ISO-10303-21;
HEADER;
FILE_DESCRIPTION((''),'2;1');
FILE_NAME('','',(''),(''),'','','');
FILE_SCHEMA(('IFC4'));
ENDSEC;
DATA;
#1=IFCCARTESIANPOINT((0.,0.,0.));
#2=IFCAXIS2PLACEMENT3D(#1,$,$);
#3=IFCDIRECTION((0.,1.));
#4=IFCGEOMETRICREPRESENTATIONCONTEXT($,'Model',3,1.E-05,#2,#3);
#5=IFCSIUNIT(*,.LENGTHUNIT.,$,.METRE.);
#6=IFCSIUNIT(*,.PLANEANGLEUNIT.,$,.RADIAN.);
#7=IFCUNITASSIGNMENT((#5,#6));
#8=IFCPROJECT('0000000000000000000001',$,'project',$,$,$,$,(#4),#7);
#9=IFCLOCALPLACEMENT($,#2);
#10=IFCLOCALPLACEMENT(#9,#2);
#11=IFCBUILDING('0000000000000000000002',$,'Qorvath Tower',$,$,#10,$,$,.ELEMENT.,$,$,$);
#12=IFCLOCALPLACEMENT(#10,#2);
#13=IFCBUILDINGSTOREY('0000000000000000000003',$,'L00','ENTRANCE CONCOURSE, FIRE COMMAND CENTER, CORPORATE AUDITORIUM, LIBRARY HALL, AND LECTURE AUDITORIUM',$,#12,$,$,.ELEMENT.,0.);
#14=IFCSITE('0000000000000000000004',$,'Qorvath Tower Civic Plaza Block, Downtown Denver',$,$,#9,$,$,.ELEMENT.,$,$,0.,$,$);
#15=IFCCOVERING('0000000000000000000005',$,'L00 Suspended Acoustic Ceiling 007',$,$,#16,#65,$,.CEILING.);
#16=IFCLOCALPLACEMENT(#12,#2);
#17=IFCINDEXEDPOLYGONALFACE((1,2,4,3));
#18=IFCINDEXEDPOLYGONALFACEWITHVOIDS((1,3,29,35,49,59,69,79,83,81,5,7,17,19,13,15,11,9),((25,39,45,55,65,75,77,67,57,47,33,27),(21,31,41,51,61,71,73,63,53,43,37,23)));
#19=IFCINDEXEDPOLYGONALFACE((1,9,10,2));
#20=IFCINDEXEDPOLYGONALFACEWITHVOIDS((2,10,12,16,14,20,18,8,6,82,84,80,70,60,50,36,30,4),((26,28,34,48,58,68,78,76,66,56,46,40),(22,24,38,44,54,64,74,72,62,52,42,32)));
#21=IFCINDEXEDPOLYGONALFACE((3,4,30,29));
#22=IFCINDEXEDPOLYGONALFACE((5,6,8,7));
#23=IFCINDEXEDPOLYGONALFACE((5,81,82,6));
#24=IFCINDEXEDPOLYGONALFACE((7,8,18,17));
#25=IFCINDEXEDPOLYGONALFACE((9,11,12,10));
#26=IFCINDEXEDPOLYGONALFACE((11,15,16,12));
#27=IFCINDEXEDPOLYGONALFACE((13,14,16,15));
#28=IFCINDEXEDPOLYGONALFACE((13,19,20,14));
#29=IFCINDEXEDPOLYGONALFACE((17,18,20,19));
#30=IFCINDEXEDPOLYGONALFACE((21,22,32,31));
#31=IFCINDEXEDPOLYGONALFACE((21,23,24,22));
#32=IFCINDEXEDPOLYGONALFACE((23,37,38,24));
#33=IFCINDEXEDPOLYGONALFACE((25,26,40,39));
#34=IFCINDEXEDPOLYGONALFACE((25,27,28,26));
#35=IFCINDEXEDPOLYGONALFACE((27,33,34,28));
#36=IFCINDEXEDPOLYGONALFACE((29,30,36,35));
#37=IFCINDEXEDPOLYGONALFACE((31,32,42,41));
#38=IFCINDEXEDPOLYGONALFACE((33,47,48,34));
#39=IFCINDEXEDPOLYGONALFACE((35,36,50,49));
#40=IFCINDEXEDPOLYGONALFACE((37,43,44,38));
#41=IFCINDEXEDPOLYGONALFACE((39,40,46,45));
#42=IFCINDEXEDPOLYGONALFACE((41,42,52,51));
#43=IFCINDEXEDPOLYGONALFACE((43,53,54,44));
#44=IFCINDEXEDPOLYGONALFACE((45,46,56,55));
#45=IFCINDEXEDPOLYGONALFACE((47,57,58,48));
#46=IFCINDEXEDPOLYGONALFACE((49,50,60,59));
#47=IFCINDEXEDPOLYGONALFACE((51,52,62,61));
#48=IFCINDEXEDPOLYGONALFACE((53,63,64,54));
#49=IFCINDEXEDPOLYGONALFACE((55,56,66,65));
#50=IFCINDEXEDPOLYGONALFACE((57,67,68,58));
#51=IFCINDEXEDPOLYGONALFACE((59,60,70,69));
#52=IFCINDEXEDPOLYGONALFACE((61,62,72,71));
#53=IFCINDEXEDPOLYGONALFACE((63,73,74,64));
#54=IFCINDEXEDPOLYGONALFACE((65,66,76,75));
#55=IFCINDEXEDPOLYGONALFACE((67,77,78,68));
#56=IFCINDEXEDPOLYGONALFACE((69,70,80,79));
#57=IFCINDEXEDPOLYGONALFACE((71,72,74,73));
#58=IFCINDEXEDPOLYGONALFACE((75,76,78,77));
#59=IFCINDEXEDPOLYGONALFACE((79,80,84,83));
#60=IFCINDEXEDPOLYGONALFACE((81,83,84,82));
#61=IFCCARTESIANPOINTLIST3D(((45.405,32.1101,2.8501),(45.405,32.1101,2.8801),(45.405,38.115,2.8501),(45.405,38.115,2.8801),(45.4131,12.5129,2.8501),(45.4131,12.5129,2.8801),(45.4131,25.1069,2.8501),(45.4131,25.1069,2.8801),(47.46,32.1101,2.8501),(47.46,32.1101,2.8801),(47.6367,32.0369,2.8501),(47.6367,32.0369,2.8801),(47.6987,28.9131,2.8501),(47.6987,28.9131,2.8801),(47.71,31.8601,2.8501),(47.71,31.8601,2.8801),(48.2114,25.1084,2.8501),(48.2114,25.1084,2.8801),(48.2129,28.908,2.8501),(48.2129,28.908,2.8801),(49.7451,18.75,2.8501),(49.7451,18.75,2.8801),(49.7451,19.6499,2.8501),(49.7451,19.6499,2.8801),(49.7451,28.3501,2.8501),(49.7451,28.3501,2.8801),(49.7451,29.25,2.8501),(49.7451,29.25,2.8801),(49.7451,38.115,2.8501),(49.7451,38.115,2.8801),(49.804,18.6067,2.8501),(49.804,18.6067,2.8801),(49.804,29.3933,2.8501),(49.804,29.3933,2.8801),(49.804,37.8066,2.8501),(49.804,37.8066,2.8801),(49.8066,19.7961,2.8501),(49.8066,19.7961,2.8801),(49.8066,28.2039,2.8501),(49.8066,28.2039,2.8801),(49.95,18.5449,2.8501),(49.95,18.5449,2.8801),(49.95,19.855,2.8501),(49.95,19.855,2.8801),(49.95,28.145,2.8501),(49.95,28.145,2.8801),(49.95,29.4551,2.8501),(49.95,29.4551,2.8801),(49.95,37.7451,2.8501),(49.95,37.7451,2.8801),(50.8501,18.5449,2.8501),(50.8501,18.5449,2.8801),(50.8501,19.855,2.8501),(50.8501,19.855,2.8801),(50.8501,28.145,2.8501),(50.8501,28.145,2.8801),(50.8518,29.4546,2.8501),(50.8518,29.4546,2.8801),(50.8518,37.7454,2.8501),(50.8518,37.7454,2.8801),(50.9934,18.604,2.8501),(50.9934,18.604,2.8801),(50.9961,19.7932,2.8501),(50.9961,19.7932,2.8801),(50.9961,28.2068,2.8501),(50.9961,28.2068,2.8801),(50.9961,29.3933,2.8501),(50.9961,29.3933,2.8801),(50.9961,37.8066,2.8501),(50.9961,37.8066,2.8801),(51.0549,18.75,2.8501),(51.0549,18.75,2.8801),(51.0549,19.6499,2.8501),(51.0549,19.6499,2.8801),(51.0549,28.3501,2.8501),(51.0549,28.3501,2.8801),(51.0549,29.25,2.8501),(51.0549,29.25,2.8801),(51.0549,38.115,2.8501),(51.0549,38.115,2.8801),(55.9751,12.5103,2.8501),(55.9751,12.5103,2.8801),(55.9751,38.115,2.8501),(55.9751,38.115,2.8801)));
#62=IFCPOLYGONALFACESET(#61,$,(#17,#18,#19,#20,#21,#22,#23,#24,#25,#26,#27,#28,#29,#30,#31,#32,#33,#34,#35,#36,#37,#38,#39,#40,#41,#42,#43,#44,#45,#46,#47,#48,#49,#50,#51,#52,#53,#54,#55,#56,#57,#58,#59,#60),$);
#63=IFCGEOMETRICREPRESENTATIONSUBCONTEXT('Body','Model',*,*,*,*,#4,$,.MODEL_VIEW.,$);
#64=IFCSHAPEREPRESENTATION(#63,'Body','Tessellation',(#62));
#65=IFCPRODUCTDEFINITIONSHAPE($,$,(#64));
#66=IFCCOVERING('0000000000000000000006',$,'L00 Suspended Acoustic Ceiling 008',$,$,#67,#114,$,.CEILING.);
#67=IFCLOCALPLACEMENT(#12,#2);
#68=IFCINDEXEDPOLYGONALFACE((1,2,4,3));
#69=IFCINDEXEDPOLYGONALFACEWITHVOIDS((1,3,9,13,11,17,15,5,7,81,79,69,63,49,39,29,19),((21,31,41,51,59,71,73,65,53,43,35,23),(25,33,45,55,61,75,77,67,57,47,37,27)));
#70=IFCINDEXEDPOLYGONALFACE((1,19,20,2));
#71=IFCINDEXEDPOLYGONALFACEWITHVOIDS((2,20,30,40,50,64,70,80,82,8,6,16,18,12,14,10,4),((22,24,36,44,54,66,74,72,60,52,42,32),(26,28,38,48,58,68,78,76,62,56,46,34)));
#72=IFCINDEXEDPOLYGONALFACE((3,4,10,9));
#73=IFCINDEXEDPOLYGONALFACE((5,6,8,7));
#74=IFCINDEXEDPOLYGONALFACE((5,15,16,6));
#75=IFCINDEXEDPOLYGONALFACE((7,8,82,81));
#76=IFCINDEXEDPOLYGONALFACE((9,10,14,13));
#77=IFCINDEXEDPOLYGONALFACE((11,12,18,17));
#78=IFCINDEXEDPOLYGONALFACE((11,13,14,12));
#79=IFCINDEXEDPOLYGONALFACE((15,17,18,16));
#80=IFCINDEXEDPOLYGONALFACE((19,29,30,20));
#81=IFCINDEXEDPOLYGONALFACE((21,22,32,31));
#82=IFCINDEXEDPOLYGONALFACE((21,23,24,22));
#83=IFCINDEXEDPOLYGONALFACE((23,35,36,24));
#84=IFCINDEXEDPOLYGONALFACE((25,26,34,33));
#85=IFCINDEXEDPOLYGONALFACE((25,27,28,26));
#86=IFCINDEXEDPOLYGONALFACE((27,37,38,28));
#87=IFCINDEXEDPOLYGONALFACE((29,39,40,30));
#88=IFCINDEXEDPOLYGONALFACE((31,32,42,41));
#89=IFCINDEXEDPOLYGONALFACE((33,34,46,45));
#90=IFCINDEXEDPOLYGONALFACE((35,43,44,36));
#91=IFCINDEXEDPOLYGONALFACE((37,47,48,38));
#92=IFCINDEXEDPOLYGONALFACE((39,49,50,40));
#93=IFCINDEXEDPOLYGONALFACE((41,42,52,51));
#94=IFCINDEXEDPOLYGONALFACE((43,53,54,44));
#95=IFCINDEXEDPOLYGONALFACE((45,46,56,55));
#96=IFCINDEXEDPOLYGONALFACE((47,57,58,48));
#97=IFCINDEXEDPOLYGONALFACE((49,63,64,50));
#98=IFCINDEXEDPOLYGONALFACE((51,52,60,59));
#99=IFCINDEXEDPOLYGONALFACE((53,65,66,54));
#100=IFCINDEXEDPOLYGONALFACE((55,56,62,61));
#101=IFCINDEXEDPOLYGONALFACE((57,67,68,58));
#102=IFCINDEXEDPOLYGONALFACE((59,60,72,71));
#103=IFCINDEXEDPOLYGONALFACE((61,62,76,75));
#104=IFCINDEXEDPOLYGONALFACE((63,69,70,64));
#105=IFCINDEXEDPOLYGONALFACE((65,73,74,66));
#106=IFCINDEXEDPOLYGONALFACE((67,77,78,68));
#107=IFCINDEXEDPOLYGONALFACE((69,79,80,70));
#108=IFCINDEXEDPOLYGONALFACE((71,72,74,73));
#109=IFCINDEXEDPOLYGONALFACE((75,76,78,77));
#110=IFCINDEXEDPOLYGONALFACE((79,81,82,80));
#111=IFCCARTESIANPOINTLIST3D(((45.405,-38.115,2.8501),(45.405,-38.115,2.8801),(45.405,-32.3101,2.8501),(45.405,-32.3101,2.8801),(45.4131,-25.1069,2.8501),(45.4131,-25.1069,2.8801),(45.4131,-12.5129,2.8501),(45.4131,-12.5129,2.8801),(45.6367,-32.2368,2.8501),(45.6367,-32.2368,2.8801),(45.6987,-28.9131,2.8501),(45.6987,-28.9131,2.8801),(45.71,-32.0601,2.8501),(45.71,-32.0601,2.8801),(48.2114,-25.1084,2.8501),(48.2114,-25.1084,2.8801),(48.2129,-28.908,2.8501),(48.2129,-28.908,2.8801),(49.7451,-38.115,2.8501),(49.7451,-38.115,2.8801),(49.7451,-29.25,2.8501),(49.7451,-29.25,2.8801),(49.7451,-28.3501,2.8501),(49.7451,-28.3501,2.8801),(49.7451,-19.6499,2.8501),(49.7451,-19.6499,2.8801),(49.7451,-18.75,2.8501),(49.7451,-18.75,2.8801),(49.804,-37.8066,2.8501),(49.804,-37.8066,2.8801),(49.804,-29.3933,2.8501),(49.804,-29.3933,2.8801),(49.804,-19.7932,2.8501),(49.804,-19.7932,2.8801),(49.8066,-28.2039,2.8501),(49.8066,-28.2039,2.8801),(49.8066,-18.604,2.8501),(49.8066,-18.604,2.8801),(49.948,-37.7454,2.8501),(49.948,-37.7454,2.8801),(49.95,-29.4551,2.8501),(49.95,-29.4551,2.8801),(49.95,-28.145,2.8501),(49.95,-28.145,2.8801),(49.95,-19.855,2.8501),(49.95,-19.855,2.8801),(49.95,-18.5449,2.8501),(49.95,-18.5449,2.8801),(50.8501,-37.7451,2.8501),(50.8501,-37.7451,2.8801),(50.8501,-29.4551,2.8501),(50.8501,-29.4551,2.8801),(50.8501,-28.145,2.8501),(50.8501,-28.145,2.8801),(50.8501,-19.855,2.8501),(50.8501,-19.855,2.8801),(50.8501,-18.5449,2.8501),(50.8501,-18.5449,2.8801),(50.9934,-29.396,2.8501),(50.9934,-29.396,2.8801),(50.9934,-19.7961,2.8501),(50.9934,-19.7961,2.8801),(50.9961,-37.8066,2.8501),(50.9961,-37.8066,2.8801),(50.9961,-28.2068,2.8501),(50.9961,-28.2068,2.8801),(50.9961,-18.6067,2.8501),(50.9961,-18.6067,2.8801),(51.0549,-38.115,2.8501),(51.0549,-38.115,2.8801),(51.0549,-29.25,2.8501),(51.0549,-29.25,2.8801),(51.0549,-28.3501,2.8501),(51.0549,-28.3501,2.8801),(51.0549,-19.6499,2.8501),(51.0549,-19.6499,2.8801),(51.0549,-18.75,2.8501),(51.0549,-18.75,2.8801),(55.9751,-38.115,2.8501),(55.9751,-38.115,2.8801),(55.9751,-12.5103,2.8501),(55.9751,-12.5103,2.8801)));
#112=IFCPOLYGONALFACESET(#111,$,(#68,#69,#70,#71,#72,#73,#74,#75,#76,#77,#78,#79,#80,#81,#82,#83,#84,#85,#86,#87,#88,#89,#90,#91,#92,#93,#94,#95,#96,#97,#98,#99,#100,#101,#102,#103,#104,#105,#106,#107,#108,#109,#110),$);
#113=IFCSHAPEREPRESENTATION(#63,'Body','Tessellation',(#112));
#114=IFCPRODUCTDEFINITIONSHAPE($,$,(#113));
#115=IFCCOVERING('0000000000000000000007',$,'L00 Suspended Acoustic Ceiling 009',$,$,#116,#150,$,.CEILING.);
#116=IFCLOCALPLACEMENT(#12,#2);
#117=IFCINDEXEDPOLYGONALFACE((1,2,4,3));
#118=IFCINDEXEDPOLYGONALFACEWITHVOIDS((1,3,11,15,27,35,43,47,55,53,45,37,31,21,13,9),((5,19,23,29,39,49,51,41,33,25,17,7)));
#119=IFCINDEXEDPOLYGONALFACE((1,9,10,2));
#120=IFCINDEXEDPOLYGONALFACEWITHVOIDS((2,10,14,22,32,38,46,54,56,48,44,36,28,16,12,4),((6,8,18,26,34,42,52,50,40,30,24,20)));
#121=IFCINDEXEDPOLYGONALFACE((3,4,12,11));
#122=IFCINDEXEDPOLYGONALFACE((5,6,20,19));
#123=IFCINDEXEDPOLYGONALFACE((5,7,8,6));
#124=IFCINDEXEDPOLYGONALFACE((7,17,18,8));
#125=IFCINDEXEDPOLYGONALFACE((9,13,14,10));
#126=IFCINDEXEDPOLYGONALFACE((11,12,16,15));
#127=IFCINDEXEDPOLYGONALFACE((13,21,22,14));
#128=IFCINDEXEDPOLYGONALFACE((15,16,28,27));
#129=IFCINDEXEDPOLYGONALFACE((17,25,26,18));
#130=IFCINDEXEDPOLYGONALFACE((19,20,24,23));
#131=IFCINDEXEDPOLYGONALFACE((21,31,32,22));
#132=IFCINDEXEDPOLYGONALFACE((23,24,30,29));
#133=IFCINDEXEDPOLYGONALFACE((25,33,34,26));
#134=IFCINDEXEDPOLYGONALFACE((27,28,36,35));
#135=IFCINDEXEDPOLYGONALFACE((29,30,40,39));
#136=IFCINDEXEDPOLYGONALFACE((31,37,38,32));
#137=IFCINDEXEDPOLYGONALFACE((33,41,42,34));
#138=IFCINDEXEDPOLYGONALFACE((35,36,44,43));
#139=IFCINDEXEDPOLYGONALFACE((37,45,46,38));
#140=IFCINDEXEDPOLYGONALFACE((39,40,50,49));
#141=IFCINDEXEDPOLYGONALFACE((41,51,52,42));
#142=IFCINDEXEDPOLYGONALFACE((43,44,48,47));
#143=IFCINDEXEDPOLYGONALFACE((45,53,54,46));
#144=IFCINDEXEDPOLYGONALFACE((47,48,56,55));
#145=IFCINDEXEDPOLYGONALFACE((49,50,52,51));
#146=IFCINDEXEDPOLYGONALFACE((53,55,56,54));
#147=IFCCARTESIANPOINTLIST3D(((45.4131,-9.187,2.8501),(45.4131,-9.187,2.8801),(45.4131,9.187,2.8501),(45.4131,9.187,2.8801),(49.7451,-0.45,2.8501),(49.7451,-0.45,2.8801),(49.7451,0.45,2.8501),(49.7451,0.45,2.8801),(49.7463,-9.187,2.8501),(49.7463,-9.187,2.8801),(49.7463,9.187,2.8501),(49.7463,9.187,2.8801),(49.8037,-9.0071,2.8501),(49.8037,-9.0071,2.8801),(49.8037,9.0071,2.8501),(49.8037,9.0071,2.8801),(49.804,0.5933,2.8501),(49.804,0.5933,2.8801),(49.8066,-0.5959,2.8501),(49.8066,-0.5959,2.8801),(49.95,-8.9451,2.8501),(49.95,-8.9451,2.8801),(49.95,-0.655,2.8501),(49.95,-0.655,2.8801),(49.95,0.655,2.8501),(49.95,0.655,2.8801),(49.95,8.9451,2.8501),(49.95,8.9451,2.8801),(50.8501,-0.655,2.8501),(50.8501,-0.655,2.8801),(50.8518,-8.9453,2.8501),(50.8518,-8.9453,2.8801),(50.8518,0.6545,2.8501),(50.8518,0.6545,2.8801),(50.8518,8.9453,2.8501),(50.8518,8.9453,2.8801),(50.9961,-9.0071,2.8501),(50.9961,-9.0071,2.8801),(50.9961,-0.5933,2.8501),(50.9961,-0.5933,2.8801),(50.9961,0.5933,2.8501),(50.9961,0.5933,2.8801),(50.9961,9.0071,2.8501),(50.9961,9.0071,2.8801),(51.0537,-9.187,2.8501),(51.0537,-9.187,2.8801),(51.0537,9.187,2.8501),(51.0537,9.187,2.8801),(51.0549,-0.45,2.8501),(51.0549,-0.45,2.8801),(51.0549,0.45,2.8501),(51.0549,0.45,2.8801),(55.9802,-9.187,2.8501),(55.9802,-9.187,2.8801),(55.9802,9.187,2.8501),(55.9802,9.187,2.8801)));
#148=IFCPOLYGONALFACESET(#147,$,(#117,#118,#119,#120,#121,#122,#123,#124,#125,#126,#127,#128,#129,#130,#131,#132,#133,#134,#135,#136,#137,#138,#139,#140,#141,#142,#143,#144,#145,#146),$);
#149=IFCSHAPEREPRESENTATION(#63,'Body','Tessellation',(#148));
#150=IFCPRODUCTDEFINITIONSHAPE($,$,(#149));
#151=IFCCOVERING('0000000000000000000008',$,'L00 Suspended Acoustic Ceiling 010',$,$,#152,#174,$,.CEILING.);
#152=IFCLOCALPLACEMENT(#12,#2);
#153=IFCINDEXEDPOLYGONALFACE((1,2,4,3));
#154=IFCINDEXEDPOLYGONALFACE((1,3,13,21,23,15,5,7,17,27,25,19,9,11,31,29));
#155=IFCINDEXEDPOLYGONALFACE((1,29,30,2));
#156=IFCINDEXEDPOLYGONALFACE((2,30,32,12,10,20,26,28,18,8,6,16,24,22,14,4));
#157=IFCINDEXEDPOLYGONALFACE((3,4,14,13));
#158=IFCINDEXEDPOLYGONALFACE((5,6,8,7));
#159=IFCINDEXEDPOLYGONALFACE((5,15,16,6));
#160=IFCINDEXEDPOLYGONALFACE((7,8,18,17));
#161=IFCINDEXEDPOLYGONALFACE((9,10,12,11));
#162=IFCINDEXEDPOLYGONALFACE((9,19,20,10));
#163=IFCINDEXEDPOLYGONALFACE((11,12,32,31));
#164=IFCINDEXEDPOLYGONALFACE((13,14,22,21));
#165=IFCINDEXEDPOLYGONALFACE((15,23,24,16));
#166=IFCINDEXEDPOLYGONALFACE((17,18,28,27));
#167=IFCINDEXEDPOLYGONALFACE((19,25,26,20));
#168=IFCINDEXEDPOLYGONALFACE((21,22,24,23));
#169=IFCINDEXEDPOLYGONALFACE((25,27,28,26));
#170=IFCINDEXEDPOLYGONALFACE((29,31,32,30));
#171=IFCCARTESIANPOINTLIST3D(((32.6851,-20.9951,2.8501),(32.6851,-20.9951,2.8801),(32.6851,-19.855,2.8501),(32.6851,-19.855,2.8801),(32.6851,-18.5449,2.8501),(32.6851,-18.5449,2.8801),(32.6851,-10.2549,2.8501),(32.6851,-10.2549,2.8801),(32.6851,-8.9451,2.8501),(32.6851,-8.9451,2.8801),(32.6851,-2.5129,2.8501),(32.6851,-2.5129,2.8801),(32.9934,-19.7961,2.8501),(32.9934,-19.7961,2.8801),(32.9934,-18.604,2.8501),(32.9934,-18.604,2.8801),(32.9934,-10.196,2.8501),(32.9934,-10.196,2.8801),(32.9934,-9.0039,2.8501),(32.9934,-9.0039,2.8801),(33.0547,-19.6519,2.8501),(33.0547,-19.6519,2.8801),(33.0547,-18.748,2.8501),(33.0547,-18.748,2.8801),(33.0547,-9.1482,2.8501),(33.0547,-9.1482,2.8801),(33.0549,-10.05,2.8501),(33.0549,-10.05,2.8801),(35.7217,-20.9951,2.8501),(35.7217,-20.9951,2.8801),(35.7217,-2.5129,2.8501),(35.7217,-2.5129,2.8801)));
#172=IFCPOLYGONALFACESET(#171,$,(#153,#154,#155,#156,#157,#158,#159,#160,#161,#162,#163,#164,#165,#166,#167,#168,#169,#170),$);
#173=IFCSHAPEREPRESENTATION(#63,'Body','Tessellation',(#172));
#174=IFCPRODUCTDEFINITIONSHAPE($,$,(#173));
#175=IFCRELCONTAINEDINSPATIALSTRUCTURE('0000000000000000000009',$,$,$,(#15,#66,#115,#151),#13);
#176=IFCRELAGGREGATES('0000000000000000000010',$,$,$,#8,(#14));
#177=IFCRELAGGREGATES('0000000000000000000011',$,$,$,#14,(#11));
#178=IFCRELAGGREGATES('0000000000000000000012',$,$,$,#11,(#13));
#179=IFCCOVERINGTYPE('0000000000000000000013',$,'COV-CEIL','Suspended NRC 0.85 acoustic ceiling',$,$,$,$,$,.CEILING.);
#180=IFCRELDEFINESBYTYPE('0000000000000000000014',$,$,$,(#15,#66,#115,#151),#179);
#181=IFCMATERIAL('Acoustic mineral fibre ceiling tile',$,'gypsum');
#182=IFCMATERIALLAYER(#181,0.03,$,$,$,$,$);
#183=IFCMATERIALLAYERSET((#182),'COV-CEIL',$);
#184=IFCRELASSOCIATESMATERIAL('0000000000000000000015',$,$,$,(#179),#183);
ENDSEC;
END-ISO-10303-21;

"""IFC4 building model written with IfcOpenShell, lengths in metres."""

from ifc_helpers import new_model, si_unit, direction, frame, origin, place, context, subcontext, project, spatial, polyline, outline, extrude, material, layer, layer_set, type_object, element, save


model = new_model("IFC4")

# Units and contexts
model_context = context("Model", 3, precision=1e-05, world=origin(), true_north=direction((0.0, 1.0)))
body_context = subcontext(model_context, "Body", "Model", "MODEL_VIEW")
ifc_project = project(units=[si_unit("LENGTHUNIT", "METRE"), si_unit("PLANEANGLEUNIT", "RADIAN")], contexts=[model_context])

# Site, building, storey
site_placement = place(None, origin())
site = spatial("IfcSite", under=ifc_project, at=site_placement, Name="Qorvath Tower Civic Plaza Block, Downtown Denver", CompositionType="ELEMENT", RefElevation=0.0)
building_placement = place(site_placement, origin())
building = spatial("IfcBuilding", under=site, at=building_placement, Name="Qorvath Tower", CompositionType="ELEMENT")
storey_placement = place(building_placement, origin())
storey = spatial("IfcBuildingStorey", under=building, at=storey_placement, Name="L00", Description="ENTRANCE CONCOURSE, FIRE COMMAND CENTER, CORPORATE AUDITORIUM, LIBRARY HALL, AND LECTURE AUDITORIUM", CompositionType="ELEMENT", Elevation=0.0)

# Coverings
ifc_material_1 = material(Name="Acoustic mineral fibre ceiling tile", Category="gypsum")
ifc_layer_1 = layer(ifc_material_1, 0.03)
ifc_layer_set_1 = layer_set([ifc_layer_1], Name="COV-CEIL")
covering_type_1 = type_object("IfcCoveringType", Name="COV-CEIL", Description="Suspended NRC 0.85 acoustic ceiling", PredefinedType="CEILING", material=ifc_layer_set_1)
covering_1_placement = place(storey_placement, frame((0.0, 0.0, 2.8501)))
element("IfcCovering", 1, at=covering_1_placement, inside=storey, type_object=covering_type_1, Name="L00 Suspended Acoustic Ceiling 007", PredefinedType="CEILING", context=body_context, shape_type="SweptSolid", body=[
    extrude(outline(polyline([(45.405, 38.115), (45.405, 32.1101), (47.46, 32.1101), (47.6367, 32.0369), (47.71, 31.8601), (47.6987, 28.9131), (48.2129, 28.908), (48.2114, 25.1084), (45.4131, 25.1069), (45.4131, 12.5129), (55.9751, 12.5103), (55.9751, 38.115), (51.0549, 38.115), (50.9961, 37.8066), (50.8518, 37.7454), (49.95, 37.7451), (49.804, 37.8066), (49.7451, 38.115), (45.405, 38.115)]), holes=[polyline([(50.8518, 29.4546), (50.9961, 29.3933), (51.0549, 29.25), (51.0549, 28.3501), (50.9961, 28.2068), (50.8501, 28.145), (49.95, 28.145), (49.8066, 28.2039), (49.7451, 28.3501), (49.7451, 29.25), (49.804, 29.3933), (49.95, 29.4551), (50.8518, 29.4546)]), polyline([(50.9961, 19.7932), (51.0549, 19.6499), (51.0549, 18.75), (50.9934, 18.604), (50.8501, 18.5449), (49.95, 18.5449), (49.804, 18.6067), (49.7451, 18.75), (49.7451, 19.6499), (49.8066, 19.7961), (49.95, 19.855), (50.8501, 19.855), (50.9961, 19.7932)])]), origin(), (0.0, 0.0, 1.0), 0.03),
])
covering_2_placement = place(storey_placement, frame((0.0, 0.0, 2.8501)))
element("IfcCovering", 2, at=covering_2_placement, inside=storey, type_object=covering_type_1, Name="L00 Suspended Acoustic Ceiling 008", PredefinedType="CEILING", context=body_context, shape_type="SweptSolid", body=[
    extrude(outline(polyline([(55.9751, -38.115), (55.9751, -12.5103), (45.4131, -12.5129), (45.4131, -25.1069), (48.2114, -25.1084), (48.2129, -28.908), (45.6987, -28.9131), (45.71, -32.0601), (45.6367, -32.2368), (45.405, -32.3101), (45.405, -38.115), (49.7451, -38.115), (49.804, -37.8066), (49.948, -37.7454), (50.8501, -37.7451), (50.9961, -37.8066), (51.0549, -38.115), (55.9751, -38.115)]), holes=[polyline([(50.9961, -28.2068), (51.0549, -28.3501), (51.0549, -29.25), (50.9934, -29.396), (50.8501, -29.4551), (49.95, -29.4551), (49.804, -29.3933), (49.7451, -29.25), (49.7451, -28.3501), (49.8066, -28.2039), (49.95, -28.145), (50.8501, -28.145), (50.9961, -28.2068)]), polyline([(50.9961, -18.6067), (51.0549, -18.75), (51.0549, -19.6499), (50.9934, -19.7961), (50.8501, -19.855), (49.95, -19.855), (49.804, -19.7932), (49.7451, -19.6499), (49.7451, -18.75), (49.8066, -18.604), (49.95, -18.5449), (50.8501, -18.5449), (50.9961, -18.6067)])]), origin(), (0.0, 0.0, 1.0), 0.03),
])
covering_3_placement = place(storey_placement, frame((0.0, 0.0, 2.8501)))
element("IfcCovering", 3, at=covering_3_placement, inside=storey, type_object=covering_type_1, Name="L00 Suspended Acoustic Ceiling 009", PredefinedType="CEILING", context=body_context, shape_type="SweptSolid", body=[
    extrude(outline(polyline([(55.9802, -9.187), (55.9802, 9.187), (51.0537, 9.187), (50.9961, 9.0071), (50.8518, 8.9453), (49.95, 8.9451), (49.8037, 9.0071), (49.7463, 9.187), (45.4131, 9.187), (45.4131, -9.187), (49.7463, -9.187), (49.8037, -9.0071), (49.95, -8.9451), (50.8518, -8.9453), (50.9961, -9.0071), (51.0537, -9.187), (55.9802, -9.187)]), holes=[polyline([(50.8518, 0.6545), (50.9961, 0.5933), (51.0549, 0.45), (51.0549, -0.45), (50.9961, -0.5933), (50.8501, -0.655), (49.95, -0.655), (49.8066, -0.5959), (49.7451, -0.45), (49.7451, 0.45), (49.804, 0.5933), (49.95, 0.655), (50.8518, 0.6545)])]), origin(), (0.0, 0.0, 1.0), 0.03),
])
covering_4_placement = place(storey_placement, frame((0.0, 0.0, 2.8501)))
element("IfcCovering", 4, at=covering_4_placement, inside=storey, type_object=covering_type_1, Name="L00 Suspended Acoustic Ceiling 010", PredefinedType="CEILING", context=body_context, shape_type="SweptSolid", body=[
    extrude(outline(polyline([(33.0547, -19.6519), (32.9934, -19.7961), (32.6851, -19.855), (32.6851, -20.9951), (35.7217, -20.9951), (35.7217, -2.5129), (32.6851, -2.5129), (32.6851, -8.9451), (32.9934, -9.0039), (33.0547, -9.1482), (33.0549, -10.05), (32.9934, -10.196), (32.6851, -10.2549), (32.6851, -18.5449), (32.9934, -18.604), (33.0547, -18.748), (33.0547, -19.6519)])), origin(), (0.0, 0.0, 1.0), 0.03),
])

save(model, "model.ifc")
